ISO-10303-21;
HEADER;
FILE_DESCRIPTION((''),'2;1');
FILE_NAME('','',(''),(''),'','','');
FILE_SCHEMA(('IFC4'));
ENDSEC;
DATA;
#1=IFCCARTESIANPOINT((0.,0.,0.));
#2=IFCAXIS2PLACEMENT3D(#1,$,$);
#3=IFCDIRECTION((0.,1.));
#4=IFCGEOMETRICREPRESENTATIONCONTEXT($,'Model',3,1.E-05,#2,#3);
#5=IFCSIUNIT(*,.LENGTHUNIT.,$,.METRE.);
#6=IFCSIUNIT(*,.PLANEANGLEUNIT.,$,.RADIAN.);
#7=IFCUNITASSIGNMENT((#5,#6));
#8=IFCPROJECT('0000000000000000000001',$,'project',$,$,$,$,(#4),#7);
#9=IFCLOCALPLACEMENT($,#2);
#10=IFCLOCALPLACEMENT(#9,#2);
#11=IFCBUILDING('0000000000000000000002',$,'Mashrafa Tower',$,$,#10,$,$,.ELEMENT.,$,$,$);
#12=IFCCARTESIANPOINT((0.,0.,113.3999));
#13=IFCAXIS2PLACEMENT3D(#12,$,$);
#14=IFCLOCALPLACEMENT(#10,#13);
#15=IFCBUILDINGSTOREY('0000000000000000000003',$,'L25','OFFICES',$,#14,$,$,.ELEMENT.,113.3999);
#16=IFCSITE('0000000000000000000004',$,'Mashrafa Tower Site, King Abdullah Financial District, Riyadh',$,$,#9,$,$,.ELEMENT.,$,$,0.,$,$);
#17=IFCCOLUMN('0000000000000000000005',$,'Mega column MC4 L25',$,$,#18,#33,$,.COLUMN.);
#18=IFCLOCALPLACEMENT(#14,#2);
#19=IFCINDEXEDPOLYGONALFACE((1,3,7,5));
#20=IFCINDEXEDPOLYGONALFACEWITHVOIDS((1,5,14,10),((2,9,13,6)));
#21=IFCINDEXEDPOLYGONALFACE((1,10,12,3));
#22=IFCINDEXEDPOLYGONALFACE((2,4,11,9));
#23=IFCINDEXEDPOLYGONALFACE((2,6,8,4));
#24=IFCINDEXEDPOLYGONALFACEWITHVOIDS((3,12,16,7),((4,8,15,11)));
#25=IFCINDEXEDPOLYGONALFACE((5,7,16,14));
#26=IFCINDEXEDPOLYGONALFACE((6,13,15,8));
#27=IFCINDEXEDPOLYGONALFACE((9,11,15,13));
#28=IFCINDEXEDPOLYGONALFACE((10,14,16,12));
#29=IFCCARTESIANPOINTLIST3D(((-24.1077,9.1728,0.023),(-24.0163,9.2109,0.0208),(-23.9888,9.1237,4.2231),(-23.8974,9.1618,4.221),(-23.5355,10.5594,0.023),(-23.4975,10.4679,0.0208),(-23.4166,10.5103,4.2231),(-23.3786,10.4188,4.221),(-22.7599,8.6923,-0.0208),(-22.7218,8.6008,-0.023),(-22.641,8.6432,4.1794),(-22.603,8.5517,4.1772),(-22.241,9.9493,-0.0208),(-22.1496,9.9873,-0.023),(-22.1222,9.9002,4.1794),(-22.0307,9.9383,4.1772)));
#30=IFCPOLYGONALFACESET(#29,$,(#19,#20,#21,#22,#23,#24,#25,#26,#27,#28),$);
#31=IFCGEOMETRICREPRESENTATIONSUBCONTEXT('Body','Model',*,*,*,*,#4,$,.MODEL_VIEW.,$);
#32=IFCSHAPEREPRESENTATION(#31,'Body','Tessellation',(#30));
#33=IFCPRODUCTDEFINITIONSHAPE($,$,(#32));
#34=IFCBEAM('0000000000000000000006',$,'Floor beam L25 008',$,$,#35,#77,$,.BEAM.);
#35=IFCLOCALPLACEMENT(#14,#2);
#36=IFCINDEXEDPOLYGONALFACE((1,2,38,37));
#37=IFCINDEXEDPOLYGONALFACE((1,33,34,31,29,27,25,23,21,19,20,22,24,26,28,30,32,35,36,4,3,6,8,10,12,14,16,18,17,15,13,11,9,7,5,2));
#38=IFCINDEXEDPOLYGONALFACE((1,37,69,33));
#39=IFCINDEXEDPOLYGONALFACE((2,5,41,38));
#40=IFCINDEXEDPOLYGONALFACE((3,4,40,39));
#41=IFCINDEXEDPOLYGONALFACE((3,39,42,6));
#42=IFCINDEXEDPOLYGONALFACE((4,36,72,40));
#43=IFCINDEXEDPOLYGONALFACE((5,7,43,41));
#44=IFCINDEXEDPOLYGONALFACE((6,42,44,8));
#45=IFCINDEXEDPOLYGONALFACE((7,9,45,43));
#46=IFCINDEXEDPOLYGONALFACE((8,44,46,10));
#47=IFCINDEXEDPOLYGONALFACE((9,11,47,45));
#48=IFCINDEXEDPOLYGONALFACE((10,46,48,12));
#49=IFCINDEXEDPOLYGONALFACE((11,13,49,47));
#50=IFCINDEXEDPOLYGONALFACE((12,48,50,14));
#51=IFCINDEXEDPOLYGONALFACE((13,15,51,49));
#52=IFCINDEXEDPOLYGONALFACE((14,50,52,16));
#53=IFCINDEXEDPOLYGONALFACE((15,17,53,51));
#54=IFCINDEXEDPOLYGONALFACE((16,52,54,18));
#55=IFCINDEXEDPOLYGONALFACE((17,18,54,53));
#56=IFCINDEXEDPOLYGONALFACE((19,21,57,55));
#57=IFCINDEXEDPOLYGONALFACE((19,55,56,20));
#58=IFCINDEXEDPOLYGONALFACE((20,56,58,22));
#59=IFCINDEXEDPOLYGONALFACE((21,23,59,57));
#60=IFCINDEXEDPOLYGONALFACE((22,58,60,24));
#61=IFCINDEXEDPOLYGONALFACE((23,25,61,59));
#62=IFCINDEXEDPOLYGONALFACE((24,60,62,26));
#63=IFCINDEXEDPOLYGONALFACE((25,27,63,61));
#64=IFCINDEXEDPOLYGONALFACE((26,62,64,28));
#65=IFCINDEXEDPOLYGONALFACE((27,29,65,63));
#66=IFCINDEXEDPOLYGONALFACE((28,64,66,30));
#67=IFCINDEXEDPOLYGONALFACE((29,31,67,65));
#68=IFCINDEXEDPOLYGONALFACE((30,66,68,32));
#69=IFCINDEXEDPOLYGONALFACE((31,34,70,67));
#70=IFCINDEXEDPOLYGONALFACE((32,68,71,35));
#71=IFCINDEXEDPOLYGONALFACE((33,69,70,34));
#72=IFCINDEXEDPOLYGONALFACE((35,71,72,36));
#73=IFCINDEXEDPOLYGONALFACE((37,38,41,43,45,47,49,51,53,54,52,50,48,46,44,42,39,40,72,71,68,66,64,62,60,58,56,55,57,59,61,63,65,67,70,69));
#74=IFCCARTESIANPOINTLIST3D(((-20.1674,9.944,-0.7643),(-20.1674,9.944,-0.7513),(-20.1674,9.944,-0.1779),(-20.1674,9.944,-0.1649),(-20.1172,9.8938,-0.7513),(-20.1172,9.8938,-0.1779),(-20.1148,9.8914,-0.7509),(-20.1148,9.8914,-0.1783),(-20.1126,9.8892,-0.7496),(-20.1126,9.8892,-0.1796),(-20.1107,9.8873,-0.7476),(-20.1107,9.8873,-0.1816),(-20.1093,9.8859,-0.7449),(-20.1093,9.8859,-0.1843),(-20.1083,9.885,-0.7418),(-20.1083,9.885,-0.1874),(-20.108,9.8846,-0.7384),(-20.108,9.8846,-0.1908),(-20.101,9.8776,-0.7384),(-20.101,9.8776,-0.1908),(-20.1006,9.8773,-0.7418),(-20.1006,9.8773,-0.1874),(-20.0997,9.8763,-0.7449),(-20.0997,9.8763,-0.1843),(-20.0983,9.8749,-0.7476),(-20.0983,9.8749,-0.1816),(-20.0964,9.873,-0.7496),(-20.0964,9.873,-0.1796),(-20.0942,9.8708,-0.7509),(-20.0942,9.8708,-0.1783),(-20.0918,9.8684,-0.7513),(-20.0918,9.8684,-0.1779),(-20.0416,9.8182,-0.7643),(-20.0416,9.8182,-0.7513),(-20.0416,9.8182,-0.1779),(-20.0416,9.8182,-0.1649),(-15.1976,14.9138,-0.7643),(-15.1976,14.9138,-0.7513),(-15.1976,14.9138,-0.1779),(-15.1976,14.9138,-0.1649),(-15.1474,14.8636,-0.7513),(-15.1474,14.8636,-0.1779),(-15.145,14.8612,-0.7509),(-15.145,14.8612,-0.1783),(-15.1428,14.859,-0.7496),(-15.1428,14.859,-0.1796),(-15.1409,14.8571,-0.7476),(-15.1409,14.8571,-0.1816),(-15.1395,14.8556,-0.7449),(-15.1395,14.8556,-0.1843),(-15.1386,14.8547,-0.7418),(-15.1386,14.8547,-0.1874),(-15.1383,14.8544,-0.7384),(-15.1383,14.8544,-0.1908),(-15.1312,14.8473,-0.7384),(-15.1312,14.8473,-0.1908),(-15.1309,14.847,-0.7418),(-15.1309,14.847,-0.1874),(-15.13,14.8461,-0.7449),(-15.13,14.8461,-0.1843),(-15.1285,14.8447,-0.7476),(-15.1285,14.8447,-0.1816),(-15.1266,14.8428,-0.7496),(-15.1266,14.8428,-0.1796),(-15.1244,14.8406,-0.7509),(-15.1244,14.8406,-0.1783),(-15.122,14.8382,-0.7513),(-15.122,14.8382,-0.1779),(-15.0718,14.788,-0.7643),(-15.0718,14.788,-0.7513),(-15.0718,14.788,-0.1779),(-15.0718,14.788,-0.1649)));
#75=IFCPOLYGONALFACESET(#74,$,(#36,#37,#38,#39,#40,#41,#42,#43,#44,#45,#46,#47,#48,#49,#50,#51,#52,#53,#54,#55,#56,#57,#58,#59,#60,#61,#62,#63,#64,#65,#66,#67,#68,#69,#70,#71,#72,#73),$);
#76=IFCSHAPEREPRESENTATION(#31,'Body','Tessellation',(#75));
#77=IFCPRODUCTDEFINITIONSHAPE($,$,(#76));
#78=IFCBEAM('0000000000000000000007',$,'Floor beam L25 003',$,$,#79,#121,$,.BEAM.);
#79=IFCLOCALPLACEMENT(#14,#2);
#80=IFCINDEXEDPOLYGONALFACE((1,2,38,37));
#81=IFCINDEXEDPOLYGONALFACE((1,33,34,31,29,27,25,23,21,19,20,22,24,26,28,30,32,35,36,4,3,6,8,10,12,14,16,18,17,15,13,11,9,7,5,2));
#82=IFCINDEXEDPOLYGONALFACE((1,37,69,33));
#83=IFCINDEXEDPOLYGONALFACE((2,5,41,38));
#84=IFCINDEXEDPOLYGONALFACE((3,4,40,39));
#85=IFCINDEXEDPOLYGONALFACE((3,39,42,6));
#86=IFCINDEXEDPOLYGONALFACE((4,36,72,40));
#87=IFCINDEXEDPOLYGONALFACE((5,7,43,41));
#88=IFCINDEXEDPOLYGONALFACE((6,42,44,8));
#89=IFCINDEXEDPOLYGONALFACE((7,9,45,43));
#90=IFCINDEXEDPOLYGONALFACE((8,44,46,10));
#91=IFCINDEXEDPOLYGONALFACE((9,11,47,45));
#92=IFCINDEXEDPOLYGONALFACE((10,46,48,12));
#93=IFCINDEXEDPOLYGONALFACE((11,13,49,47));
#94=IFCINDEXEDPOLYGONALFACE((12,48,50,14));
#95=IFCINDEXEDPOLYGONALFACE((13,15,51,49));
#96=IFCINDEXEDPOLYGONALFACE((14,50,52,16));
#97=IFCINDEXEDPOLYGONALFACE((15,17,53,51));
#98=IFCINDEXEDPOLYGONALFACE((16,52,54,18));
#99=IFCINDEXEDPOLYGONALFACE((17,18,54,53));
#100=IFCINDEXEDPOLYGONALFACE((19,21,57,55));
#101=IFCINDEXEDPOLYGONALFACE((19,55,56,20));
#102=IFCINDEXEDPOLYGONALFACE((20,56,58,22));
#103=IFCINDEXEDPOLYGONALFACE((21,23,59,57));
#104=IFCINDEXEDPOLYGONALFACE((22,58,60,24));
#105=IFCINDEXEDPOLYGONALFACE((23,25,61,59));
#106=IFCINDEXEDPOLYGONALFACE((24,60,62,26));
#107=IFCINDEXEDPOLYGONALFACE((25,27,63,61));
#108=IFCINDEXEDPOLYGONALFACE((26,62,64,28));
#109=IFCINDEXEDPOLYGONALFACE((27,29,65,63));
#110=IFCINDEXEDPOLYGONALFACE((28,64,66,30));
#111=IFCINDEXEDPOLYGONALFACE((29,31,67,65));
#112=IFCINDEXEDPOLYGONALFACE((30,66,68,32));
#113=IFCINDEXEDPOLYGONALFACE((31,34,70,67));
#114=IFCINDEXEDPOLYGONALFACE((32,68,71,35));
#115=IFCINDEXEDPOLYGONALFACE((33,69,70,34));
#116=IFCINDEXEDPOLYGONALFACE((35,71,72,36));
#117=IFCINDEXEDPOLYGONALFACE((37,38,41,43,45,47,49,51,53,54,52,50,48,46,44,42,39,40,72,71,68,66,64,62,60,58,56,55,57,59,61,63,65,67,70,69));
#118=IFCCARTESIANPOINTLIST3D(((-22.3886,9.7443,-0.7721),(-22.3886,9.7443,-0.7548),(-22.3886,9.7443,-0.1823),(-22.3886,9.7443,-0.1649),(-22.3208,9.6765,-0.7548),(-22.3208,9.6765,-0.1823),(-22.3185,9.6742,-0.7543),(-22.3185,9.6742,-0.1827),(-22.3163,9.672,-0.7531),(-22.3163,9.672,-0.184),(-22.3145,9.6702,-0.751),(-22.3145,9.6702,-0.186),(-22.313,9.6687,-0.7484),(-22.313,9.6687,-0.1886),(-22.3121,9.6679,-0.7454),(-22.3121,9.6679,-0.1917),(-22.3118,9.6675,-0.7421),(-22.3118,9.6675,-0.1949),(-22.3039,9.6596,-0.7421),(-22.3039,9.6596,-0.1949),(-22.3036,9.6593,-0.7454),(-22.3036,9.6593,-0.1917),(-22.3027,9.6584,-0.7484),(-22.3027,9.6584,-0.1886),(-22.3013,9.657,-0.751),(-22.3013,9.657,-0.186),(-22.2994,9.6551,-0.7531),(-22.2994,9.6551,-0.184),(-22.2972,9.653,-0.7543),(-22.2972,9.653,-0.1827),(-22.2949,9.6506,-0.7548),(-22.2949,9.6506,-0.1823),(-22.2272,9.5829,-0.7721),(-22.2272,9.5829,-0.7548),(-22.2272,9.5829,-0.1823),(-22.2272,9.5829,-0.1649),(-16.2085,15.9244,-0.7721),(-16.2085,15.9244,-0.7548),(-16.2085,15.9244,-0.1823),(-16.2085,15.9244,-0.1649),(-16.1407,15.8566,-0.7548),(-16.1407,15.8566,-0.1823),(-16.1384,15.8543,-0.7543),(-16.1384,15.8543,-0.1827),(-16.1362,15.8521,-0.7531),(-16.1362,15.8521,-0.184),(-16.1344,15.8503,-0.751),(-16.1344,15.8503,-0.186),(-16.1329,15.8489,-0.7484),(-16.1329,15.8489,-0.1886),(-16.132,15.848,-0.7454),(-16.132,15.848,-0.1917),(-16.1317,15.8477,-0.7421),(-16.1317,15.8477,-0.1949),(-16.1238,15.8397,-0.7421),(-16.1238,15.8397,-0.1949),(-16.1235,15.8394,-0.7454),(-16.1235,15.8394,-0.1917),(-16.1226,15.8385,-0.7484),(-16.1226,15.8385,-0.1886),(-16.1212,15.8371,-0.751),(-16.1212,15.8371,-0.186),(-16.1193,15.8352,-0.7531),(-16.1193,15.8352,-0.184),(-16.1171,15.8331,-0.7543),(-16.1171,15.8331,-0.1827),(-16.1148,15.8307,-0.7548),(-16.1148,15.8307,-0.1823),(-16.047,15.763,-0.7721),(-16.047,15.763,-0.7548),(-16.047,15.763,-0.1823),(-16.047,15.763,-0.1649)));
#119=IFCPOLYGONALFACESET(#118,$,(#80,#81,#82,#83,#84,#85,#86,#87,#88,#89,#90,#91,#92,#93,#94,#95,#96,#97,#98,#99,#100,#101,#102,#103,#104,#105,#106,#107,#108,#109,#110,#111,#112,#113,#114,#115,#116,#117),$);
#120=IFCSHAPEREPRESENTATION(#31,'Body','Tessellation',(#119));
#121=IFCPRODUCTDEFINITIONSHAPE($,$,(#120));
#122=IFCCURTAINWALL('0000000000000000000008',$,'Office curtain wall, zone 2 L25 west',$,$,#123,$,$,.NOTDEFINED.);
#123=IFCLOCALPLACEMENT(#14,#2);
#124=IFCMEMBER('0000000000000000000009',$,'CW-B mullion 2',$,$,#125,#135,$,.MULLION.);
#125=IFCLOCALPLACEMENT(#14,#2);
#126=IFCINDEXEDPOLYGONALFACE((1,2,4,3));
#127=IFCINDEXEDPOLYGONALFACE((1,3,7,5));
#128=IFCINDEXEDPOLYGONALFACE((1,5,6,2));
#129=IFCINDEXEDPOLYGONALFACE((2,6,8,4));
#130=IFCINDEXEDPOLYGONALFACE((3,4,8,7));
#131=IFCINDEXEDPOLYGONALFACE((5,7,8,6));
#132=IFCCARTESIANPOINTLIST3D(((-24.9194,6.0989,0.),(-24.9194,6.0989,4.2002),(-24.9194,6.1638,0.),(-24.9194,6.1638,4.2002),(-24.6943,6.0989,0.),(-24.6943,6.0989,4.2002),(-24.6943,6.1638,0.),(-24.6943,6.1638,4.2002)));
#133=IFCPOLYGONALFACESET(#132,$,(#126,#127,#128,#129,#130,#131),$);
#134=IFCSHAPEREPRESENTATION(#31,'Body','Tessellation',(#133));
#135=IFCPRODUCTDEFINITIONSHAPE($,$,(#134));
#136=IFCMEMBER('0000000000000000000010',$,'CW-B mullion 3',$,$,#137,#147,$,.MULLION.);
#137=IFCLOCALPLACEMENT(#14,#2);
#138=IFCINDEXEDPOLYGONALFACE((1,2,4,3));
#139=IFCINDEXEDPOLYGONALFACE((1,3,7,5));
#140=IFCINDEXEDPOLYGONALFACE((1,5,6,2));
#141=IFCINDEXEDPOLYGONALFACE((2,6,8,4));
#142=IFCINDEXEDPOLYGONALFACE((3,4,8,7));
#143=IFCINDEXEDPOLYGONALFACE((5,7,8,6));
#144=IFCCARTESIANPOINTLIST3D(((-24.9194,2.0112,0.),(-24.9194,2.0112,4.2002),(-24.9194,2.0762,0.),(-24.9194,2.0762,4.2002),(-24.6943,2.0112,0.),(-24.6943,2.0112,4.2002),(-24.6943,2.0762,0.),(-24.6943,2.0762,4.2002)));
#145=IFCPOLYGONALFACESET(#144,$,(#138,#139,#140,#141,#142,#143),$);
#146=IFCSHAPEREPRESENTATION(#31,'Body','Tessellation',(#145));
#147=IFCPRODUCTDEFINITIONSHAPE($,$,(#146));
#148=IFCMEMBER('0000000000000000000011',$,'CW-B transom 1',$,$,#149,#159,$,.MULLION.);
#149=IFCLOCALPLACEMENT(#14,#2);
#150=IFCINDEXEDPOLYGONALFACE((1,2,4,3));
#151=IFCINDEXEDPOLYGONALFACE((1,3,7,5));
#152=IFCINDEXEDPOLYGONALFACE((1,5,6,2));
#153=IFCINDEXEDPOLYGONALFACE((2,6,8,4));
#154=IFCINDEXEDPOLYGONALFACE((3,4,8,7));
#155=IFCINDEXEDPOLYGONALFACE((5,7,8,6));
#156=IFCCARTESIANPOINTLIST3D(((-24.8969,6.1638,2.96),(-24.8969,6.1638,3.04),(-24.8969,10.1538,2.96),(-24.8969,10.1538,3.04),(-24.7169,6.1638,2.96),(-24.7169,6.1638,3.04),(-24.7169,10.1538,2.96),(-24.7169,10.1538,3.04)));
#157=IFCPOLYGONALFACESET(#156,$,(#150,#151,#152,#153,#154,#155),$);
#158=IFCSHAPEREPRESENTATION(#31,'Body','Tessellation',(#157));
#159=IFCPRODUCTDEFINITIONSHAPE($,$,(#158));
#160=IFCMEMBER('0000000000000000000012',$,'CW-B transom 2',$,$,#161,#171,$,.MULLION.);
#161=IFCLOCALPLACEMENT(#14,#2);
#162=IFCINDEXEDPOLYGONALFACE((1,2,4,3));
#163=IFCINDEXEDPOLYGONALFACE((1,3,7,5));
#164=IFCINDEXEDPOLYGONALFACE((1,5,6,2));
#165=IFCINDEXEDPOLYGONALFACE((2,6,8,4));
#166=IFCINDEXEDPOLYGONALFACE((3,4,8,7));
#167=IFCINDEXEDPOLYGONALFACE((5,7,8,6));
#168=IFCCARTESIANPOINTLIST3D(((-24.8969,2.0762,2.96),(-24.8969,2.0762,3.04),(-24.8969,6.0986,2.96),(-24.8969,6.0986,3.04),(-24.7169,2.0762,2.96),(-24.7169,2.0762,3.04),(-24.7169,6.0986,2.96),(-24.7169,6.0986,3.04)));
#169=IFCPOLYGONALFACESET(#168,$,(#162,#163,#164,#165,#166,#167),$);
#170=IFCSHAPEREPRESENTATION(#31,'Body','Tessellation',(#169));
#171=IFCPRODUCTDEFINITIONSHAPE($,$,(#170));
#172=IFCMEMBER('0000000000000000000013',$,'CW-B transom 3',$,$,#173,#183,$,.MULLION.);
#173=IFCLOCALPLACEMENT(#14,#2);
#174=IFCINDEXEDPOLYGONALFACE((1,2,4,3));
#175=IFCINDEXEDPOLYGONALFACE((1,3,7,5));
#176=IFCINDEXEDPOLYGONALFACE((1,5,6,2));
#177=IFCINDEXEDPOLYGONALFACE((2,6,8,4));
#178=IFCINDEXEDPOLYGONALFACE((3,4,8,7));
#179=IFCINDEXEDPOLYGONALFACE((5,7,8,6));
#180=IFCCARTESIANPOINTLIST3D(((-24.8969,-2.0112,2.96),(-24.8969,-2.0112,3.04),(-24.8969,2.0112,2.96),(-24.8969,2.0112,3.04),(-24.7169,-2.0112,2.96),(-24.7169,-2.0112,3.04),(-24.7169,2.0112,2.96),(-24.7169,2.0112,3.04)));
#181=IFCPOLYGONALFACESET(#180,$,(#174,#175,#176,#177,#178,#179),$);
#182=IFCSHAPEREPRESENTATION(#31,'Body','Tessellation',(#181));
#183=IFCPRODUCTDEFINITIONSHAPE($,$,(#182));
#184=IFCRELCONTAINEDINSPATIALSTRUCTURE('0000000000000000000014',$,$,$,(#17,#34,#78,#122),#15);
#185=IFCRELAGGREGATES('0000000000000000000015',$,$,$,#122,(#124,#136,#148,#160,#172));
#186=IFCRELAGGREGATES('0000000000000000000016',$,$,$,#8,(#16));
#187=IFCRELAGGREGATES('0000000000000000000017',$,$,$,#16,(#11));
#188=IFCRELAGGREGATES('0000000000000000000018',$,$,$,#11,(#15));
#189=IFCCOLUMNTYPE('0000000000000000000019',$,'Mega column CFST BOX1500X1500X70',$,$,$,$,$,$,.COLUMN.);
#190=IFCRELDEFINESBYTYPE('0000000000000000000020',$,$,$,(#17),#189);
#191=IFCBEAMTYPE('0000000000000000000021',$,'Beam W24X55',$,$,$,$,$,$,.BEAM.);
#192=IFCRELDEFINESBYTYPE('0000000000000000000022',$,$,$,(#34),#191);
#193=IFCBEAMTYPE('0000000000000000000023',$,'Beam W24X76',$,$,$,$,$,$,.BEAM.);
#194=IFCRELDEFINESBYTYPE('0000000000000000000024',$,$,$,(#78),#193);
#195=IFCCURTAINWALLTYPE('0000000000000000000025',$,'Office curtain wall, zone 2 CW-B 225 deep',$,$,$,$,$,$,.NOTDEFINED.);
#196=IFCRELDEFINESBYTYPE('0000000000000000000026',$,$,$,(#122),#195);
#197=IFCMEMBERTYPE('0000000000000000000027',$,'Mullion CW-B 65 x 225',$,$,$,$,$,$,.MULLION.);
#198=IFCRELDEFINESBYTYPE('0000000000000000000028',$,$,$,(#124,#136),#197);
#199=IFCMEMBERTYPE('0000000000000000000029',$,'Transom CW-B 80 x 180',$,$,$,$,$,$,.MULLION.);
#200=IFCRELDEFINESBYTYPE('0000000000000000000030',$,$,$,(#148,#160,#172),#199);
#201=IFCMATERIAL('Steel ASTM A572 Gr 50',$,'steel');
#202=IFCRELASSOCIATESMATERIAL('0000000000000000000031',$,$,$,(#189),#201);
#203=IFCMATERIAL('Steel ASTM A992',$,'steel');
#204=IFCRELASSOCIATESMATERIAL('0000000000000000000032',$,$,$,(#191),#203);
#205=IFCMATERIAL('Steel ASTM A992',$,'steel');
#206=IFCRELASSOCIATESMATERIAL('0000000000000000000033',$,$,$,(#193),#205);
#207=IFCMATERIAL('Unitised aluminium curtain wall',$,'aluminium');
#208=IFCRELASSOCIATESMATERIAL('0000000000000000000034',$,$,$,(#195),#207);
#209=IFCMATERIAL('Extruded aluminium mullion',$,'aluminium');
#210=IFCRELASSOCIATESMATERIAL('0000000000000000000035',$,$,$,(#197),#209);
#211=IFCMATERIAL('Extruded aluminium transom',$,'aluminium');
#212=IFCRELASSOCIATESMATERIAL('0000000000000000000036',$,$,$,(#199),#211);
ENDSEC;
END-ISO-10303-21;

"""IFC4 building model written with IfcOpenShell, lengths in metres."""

from ifc_helpers import new_model, si_unit, direction, frame, origin, origin_2d, place, context, subcontext, project, spatial, rectangle, hollow_rectangle, i_section, extrude, source, transform, mapped, material, material_profile, profile_set, type_object, type_shapes, element, aggregate, save


model = new_model("IFC4")

# Units and contexts
model_context = context("Model", 3, precision=1e-05, world=origin(), true_north=direction((0.0, 1.0)))
body_context = subcontext(model_context, "Body", "Model", "MODEL_VIEW")
ifc_project = project(units=[si_unit("LENGTHUNIT", "METRE"), si_unit("PLANEANGLEUNIT", "RADIAN")], contexts=[model_context])

# Site, building, storey
site_placement = place(None, origin())
site = spatial("IfcSite", under=ifc_project, at=site_placement, Name="Mashrafa Tower Site, King Abdullah Financial District, Riyadh", CompositionType="ELEMENT", RefElevation=0.0)
building_placement = place(site_placement, origin())
building = spatial("IfcBuilding", under=site, at=building_placement, Name="Mashrafa Tower", CompositionType="ELEMENT")
storey_placement = place(building_placement, frame((0.0, 0.0, 113.3999)))
storey = spatial("IfcBuildingStorey", under=building, at=storey_placement, Name="L25", Description="OFFICES", CompositionType="ELEMENT", Elevation=113.3999)

# Column
ifc_material_1 = material(Name="Steel ASTM A572 Gr 50", Category="steel")
ifc_material_profile_1 = material_profile(ifc_material_1, hollow_rectangle(XDim=1.5, YDim=1.5, WallThickness=0.0701, at=origin_2d()), Name="BOX1500X1500X70")
ifc_profile_set_1 = profile_set([ifc_material_profile_1], Name="Steel ASTM A572 Gr 50")
column_type = type_object("IfcColumnType", Name="Mega column CFST BOX1500X1500X70", PredefinedType="COLUMN", material=ifc_profile_set_1)
column_placement = place(storey_placement, frame((-23.1287, 9.5801, 0.0), z_axis=(0.028294, -0.011678, 0.999531), x_axis=(0.381513, 0.924363, 0.0)))
element("IfcColumn", 1, at=column_placement, inside=storey, type_object=column_type, Name="Mega column MC4 L25", PredefinedType="COLUMN", context=body_context, shape_type="SweptSolid", body=[
    extrude(hollow_rectangle(XDim=1.5, YDim=1.5, WallThickness=0.0701, at=origin_2d()), origin(), (0.0, 0.0, 1.0), 4.2021),
])

# Beams
ifc_material_2 = material(Name="Steel ASTM A992", Category="steel")
ifc_material_profile_2 = material_profile(ifc_material_2, i_section(OverallWidth=0.178, OverallDepth=0.5994, WebThickness=0.01, FlangeThickness=0.0129, FilletRadius=0.0129, at=origin_2d()), Name="W24X55")
ifc_profile_set_2 = profile_set([ifc_material_profile_2], Name="Steel ASTM A992")
beam_type_1 = type_object("IfcBeamType", Name="Beam W24X55", PredefinedType="BEAM", material=ifc_profile_set_2)
beam_1_placement = place(storey_placement, frame((-20.1045, 9.8811, -0.4646), z_axis=(0.707107, 0.707107, 0.0), x_axis=(-0.707107, 0.707107, 0.0)))
element("IfcBeam", 2, at=beam_1_placement, inside=storey, type_object=beam_type_1, Name="Floor beam L25 008", PredefinedType="BEAM", context=body_context, shape_type="SweptSolid", body=[
    extrude(i_section(OverallWidth=0.178, OverallDepth=0.5994, WebThickness=0.01, FlangeThickness=0.0129, FilletRadius=0.0129, at=origin_2d()), origin(), (0.0, 0.0, 1.0), 7.0283),
])
ifc_material_3 = material(Name="Steel ASTM A992", Category="steel")
ifc_material_profile_3 = material_profile(ifc_material_3, i_section(OverallWidth=0.2283, OverallDepth=0.6072, WebThickness=0.0112, FlangeThickness=0.0173, FilletRadius=0.0127, at=origin_2d()), Name="W24X76")
ifc_profile_set_3 = profile_set([ifc_material_profile_3], Name="Steel ASTM A992")
beam_type_2 = type_object("IfcBeamType", Name="Beam W24X76", PredefinedType="BEAM", material=ifc_profile_set_3)
beam_2_placement = place(storey_placement, frame((-22.3079, 9.6636, -0.4685), z_axis=(0.707107, 0.707107, 0.0), x_axis=(-0.707107, 0.707107, 0.0)))
element("IfcBeam", 3, at=beam_2_placement, inside=storey, type_object=beam_type_2, Name="Floor beam L25 003", PredefinedType="BEAM", context=body_context, shape_type="SweptSolid", body=[
    extrude(i_section(OverallWidth=0.2283, OverallDepth=0.6072, WebThickness=0.0112, FlangeThickness=0.0173, FilletRadius=0.0127, at=origin_2d()), origin(), (0.0, 0.0, 1.0), 8.74),
])

# Curtain wall, members
ifc_material_4 = material(Name="Unitised aluminium curtain wall", Category="aluminium")
curtain_wall_type = type_object("IfcCurtainWallType", Name="Office curtain wall, zone 2 CW-B 225 deep", PredefinedType="NOTDEFINED", material=ifc_material_4)
curtain_wall_placement = place(storey_placement, origin())
curtain_wall = element("IfcCurtainWall", 4, at=curtain_wall_placement, inside=storey, type_object=curtain_wall_type, Name="Office curtain wall, zone 2 L25 west", PredefinedType="NOTDEFINED")
ifc_material_5 = material(Name="Extruded aluminium mullion", Category="aluminium")
ifc_material_profile_4 = material_profile(ifc_material_5, rectangle(XDim=0.2251, YDim=0.0649, at=origin_2d()), Name="Mullion 65x225")
ifc_profile_set_4 = profile_set([ifc_material_profile_4], Name="Extruded aluminium mullion")
member_type_1 = type_object("IfcMemberType", Name="Mullion CW-B 65 x 225", PredefinedType="MULLION", material=ifc_profile_set_4)
shared_shape_1 = source(origin(), body_context, "Body", "SweptSolid", [
    extrude(rectangle(XDim=0.2251, YDim=0.0649, at=origin_2d()), origin(), (0.0, 0.0, 1.0), 4.2002),
])
type_shapes(member_type_1, [shared_shape_1])
member_1_placement = place(storey_placement, frame((-24.8069, 6.1313, 0.0), z_axis=(0.0, 0.0, 1.0), x_axis=(1.0, 0.0, 0.0)))
member_1 = element("IfcMember", 5, at=member_1_placement, type_object=member_type_1, Name="CW-B mullion 2", PredefinedType="MULLION", context=body_context, shape_type="MappedRepresentation", body=[
    mapped(shared_shape_1, transform((0.0, 0.0, 0.0))),
])
member_2_placement = place(storey_placement, frame((-24.8069, 2.0437, 0.0), z_axis=(0.0, 0.0, 1.0), x_axis=(1.0, 0.0, 0.0)))
member_2 = element("IfcMember", 6, at=member_2_placement, type_object=member_type_1, Name="CW-B mullion 3", PredefinedType="MULLION", context=body_context, shape_type="MappedRepresentation", body=[
    mapped(shared_shape_1, transform((0.0, 0.0, 0.0))),
])
ifc_material_6 = material(Name="Extruded aluminium transom", Category="aluminium")
ifc_material_profile_5 = material_profile(ifc_material_6, rectangle(XDim=0.1799, YDim=0.0801, at=origin_2d()), Name="Transom 80x180")
ifc_profile_set_5 = profile_set([ifc_material_profile_5], Name="Extruded aluminium transom")
member_type_2 = type_object("IfcMemberType", Name="Transom CW-B 80 x 180", PredefinedType="MULLION", material=ifc_profile_set_5)
shared_shape_2 = source(origin(), body_context, "Body", "SweptSolid", [
    extrude(rectangle(XDim=0.1799, YDim=0.0801, at=origin_2d()), origin(), (0.0, 0.0, 1.0), 3.99),
])
member_3_placement = place(storey_placement, frame((-24.8069, 10.1538, 3.0), z_axis=(0.0, -1.0, 0.0), x_axis=(1.0, 0.0, 0.0)))
member_3 = element("IfcMember", 7, at=member_3_placement, type_object=member_type_2, Name="CW-B transom 1", PredefinedType="MULLION", context=body_context, shape_type="MappedRepresentation", body=[
    mapped(shared_shape_2, transform((0.0, 0.0, 0.0))),
])
shared_shape_3 = source(origin(), body_context, "Body", "SweptSolid", [
    extrude(rectangle(XDim=0.1799, YDim=0.0801, at=origin_2d()), origin(), (0.0, 0.0, 1.0), 4.0225),
])
type_shapes(member_type_2, [shared_shape_2, shared_shape_3])
member_4_placement = place(storey_placement, frame((-24.8069, 6.0986, 3.0), z_axis=(0.0, -1.0, 0.0), x_axis=(1.0, 0.0, 0.0)))
member_4 = element("IfcMember", 8, at=member_4_placement, type_object=member_type_2, Name="CW-B transom 2", PredefinedType="MULLION", context=body_context, shape_type="MappedRepresentation", body=[
    mapped(shared_shape_3, transform((0.0, 0.0, 0.0))),
])
member_5_placement = place(storey_placement, frame((-24.8069, 2.0112, 3.0), z_axis=(0.0, -1.0, 0.0), x_axis=(1.0, 0.0, 0.0)))
member_5 = element("IfcMember", 9, at=member_5_placement, type_object=member_type_2, Name="CW-B transom 3", PredefinedType="MULLION", context=body_context, shape_type="MappedRepresentation", body=[
    mapped(shared_shape_3, transform((0.0, 0.0, 0.0))),
])
aggregate(curtain_wall, [member_1, member_2, member_3, member_4, member_5])

save(model, "model.ifc")
